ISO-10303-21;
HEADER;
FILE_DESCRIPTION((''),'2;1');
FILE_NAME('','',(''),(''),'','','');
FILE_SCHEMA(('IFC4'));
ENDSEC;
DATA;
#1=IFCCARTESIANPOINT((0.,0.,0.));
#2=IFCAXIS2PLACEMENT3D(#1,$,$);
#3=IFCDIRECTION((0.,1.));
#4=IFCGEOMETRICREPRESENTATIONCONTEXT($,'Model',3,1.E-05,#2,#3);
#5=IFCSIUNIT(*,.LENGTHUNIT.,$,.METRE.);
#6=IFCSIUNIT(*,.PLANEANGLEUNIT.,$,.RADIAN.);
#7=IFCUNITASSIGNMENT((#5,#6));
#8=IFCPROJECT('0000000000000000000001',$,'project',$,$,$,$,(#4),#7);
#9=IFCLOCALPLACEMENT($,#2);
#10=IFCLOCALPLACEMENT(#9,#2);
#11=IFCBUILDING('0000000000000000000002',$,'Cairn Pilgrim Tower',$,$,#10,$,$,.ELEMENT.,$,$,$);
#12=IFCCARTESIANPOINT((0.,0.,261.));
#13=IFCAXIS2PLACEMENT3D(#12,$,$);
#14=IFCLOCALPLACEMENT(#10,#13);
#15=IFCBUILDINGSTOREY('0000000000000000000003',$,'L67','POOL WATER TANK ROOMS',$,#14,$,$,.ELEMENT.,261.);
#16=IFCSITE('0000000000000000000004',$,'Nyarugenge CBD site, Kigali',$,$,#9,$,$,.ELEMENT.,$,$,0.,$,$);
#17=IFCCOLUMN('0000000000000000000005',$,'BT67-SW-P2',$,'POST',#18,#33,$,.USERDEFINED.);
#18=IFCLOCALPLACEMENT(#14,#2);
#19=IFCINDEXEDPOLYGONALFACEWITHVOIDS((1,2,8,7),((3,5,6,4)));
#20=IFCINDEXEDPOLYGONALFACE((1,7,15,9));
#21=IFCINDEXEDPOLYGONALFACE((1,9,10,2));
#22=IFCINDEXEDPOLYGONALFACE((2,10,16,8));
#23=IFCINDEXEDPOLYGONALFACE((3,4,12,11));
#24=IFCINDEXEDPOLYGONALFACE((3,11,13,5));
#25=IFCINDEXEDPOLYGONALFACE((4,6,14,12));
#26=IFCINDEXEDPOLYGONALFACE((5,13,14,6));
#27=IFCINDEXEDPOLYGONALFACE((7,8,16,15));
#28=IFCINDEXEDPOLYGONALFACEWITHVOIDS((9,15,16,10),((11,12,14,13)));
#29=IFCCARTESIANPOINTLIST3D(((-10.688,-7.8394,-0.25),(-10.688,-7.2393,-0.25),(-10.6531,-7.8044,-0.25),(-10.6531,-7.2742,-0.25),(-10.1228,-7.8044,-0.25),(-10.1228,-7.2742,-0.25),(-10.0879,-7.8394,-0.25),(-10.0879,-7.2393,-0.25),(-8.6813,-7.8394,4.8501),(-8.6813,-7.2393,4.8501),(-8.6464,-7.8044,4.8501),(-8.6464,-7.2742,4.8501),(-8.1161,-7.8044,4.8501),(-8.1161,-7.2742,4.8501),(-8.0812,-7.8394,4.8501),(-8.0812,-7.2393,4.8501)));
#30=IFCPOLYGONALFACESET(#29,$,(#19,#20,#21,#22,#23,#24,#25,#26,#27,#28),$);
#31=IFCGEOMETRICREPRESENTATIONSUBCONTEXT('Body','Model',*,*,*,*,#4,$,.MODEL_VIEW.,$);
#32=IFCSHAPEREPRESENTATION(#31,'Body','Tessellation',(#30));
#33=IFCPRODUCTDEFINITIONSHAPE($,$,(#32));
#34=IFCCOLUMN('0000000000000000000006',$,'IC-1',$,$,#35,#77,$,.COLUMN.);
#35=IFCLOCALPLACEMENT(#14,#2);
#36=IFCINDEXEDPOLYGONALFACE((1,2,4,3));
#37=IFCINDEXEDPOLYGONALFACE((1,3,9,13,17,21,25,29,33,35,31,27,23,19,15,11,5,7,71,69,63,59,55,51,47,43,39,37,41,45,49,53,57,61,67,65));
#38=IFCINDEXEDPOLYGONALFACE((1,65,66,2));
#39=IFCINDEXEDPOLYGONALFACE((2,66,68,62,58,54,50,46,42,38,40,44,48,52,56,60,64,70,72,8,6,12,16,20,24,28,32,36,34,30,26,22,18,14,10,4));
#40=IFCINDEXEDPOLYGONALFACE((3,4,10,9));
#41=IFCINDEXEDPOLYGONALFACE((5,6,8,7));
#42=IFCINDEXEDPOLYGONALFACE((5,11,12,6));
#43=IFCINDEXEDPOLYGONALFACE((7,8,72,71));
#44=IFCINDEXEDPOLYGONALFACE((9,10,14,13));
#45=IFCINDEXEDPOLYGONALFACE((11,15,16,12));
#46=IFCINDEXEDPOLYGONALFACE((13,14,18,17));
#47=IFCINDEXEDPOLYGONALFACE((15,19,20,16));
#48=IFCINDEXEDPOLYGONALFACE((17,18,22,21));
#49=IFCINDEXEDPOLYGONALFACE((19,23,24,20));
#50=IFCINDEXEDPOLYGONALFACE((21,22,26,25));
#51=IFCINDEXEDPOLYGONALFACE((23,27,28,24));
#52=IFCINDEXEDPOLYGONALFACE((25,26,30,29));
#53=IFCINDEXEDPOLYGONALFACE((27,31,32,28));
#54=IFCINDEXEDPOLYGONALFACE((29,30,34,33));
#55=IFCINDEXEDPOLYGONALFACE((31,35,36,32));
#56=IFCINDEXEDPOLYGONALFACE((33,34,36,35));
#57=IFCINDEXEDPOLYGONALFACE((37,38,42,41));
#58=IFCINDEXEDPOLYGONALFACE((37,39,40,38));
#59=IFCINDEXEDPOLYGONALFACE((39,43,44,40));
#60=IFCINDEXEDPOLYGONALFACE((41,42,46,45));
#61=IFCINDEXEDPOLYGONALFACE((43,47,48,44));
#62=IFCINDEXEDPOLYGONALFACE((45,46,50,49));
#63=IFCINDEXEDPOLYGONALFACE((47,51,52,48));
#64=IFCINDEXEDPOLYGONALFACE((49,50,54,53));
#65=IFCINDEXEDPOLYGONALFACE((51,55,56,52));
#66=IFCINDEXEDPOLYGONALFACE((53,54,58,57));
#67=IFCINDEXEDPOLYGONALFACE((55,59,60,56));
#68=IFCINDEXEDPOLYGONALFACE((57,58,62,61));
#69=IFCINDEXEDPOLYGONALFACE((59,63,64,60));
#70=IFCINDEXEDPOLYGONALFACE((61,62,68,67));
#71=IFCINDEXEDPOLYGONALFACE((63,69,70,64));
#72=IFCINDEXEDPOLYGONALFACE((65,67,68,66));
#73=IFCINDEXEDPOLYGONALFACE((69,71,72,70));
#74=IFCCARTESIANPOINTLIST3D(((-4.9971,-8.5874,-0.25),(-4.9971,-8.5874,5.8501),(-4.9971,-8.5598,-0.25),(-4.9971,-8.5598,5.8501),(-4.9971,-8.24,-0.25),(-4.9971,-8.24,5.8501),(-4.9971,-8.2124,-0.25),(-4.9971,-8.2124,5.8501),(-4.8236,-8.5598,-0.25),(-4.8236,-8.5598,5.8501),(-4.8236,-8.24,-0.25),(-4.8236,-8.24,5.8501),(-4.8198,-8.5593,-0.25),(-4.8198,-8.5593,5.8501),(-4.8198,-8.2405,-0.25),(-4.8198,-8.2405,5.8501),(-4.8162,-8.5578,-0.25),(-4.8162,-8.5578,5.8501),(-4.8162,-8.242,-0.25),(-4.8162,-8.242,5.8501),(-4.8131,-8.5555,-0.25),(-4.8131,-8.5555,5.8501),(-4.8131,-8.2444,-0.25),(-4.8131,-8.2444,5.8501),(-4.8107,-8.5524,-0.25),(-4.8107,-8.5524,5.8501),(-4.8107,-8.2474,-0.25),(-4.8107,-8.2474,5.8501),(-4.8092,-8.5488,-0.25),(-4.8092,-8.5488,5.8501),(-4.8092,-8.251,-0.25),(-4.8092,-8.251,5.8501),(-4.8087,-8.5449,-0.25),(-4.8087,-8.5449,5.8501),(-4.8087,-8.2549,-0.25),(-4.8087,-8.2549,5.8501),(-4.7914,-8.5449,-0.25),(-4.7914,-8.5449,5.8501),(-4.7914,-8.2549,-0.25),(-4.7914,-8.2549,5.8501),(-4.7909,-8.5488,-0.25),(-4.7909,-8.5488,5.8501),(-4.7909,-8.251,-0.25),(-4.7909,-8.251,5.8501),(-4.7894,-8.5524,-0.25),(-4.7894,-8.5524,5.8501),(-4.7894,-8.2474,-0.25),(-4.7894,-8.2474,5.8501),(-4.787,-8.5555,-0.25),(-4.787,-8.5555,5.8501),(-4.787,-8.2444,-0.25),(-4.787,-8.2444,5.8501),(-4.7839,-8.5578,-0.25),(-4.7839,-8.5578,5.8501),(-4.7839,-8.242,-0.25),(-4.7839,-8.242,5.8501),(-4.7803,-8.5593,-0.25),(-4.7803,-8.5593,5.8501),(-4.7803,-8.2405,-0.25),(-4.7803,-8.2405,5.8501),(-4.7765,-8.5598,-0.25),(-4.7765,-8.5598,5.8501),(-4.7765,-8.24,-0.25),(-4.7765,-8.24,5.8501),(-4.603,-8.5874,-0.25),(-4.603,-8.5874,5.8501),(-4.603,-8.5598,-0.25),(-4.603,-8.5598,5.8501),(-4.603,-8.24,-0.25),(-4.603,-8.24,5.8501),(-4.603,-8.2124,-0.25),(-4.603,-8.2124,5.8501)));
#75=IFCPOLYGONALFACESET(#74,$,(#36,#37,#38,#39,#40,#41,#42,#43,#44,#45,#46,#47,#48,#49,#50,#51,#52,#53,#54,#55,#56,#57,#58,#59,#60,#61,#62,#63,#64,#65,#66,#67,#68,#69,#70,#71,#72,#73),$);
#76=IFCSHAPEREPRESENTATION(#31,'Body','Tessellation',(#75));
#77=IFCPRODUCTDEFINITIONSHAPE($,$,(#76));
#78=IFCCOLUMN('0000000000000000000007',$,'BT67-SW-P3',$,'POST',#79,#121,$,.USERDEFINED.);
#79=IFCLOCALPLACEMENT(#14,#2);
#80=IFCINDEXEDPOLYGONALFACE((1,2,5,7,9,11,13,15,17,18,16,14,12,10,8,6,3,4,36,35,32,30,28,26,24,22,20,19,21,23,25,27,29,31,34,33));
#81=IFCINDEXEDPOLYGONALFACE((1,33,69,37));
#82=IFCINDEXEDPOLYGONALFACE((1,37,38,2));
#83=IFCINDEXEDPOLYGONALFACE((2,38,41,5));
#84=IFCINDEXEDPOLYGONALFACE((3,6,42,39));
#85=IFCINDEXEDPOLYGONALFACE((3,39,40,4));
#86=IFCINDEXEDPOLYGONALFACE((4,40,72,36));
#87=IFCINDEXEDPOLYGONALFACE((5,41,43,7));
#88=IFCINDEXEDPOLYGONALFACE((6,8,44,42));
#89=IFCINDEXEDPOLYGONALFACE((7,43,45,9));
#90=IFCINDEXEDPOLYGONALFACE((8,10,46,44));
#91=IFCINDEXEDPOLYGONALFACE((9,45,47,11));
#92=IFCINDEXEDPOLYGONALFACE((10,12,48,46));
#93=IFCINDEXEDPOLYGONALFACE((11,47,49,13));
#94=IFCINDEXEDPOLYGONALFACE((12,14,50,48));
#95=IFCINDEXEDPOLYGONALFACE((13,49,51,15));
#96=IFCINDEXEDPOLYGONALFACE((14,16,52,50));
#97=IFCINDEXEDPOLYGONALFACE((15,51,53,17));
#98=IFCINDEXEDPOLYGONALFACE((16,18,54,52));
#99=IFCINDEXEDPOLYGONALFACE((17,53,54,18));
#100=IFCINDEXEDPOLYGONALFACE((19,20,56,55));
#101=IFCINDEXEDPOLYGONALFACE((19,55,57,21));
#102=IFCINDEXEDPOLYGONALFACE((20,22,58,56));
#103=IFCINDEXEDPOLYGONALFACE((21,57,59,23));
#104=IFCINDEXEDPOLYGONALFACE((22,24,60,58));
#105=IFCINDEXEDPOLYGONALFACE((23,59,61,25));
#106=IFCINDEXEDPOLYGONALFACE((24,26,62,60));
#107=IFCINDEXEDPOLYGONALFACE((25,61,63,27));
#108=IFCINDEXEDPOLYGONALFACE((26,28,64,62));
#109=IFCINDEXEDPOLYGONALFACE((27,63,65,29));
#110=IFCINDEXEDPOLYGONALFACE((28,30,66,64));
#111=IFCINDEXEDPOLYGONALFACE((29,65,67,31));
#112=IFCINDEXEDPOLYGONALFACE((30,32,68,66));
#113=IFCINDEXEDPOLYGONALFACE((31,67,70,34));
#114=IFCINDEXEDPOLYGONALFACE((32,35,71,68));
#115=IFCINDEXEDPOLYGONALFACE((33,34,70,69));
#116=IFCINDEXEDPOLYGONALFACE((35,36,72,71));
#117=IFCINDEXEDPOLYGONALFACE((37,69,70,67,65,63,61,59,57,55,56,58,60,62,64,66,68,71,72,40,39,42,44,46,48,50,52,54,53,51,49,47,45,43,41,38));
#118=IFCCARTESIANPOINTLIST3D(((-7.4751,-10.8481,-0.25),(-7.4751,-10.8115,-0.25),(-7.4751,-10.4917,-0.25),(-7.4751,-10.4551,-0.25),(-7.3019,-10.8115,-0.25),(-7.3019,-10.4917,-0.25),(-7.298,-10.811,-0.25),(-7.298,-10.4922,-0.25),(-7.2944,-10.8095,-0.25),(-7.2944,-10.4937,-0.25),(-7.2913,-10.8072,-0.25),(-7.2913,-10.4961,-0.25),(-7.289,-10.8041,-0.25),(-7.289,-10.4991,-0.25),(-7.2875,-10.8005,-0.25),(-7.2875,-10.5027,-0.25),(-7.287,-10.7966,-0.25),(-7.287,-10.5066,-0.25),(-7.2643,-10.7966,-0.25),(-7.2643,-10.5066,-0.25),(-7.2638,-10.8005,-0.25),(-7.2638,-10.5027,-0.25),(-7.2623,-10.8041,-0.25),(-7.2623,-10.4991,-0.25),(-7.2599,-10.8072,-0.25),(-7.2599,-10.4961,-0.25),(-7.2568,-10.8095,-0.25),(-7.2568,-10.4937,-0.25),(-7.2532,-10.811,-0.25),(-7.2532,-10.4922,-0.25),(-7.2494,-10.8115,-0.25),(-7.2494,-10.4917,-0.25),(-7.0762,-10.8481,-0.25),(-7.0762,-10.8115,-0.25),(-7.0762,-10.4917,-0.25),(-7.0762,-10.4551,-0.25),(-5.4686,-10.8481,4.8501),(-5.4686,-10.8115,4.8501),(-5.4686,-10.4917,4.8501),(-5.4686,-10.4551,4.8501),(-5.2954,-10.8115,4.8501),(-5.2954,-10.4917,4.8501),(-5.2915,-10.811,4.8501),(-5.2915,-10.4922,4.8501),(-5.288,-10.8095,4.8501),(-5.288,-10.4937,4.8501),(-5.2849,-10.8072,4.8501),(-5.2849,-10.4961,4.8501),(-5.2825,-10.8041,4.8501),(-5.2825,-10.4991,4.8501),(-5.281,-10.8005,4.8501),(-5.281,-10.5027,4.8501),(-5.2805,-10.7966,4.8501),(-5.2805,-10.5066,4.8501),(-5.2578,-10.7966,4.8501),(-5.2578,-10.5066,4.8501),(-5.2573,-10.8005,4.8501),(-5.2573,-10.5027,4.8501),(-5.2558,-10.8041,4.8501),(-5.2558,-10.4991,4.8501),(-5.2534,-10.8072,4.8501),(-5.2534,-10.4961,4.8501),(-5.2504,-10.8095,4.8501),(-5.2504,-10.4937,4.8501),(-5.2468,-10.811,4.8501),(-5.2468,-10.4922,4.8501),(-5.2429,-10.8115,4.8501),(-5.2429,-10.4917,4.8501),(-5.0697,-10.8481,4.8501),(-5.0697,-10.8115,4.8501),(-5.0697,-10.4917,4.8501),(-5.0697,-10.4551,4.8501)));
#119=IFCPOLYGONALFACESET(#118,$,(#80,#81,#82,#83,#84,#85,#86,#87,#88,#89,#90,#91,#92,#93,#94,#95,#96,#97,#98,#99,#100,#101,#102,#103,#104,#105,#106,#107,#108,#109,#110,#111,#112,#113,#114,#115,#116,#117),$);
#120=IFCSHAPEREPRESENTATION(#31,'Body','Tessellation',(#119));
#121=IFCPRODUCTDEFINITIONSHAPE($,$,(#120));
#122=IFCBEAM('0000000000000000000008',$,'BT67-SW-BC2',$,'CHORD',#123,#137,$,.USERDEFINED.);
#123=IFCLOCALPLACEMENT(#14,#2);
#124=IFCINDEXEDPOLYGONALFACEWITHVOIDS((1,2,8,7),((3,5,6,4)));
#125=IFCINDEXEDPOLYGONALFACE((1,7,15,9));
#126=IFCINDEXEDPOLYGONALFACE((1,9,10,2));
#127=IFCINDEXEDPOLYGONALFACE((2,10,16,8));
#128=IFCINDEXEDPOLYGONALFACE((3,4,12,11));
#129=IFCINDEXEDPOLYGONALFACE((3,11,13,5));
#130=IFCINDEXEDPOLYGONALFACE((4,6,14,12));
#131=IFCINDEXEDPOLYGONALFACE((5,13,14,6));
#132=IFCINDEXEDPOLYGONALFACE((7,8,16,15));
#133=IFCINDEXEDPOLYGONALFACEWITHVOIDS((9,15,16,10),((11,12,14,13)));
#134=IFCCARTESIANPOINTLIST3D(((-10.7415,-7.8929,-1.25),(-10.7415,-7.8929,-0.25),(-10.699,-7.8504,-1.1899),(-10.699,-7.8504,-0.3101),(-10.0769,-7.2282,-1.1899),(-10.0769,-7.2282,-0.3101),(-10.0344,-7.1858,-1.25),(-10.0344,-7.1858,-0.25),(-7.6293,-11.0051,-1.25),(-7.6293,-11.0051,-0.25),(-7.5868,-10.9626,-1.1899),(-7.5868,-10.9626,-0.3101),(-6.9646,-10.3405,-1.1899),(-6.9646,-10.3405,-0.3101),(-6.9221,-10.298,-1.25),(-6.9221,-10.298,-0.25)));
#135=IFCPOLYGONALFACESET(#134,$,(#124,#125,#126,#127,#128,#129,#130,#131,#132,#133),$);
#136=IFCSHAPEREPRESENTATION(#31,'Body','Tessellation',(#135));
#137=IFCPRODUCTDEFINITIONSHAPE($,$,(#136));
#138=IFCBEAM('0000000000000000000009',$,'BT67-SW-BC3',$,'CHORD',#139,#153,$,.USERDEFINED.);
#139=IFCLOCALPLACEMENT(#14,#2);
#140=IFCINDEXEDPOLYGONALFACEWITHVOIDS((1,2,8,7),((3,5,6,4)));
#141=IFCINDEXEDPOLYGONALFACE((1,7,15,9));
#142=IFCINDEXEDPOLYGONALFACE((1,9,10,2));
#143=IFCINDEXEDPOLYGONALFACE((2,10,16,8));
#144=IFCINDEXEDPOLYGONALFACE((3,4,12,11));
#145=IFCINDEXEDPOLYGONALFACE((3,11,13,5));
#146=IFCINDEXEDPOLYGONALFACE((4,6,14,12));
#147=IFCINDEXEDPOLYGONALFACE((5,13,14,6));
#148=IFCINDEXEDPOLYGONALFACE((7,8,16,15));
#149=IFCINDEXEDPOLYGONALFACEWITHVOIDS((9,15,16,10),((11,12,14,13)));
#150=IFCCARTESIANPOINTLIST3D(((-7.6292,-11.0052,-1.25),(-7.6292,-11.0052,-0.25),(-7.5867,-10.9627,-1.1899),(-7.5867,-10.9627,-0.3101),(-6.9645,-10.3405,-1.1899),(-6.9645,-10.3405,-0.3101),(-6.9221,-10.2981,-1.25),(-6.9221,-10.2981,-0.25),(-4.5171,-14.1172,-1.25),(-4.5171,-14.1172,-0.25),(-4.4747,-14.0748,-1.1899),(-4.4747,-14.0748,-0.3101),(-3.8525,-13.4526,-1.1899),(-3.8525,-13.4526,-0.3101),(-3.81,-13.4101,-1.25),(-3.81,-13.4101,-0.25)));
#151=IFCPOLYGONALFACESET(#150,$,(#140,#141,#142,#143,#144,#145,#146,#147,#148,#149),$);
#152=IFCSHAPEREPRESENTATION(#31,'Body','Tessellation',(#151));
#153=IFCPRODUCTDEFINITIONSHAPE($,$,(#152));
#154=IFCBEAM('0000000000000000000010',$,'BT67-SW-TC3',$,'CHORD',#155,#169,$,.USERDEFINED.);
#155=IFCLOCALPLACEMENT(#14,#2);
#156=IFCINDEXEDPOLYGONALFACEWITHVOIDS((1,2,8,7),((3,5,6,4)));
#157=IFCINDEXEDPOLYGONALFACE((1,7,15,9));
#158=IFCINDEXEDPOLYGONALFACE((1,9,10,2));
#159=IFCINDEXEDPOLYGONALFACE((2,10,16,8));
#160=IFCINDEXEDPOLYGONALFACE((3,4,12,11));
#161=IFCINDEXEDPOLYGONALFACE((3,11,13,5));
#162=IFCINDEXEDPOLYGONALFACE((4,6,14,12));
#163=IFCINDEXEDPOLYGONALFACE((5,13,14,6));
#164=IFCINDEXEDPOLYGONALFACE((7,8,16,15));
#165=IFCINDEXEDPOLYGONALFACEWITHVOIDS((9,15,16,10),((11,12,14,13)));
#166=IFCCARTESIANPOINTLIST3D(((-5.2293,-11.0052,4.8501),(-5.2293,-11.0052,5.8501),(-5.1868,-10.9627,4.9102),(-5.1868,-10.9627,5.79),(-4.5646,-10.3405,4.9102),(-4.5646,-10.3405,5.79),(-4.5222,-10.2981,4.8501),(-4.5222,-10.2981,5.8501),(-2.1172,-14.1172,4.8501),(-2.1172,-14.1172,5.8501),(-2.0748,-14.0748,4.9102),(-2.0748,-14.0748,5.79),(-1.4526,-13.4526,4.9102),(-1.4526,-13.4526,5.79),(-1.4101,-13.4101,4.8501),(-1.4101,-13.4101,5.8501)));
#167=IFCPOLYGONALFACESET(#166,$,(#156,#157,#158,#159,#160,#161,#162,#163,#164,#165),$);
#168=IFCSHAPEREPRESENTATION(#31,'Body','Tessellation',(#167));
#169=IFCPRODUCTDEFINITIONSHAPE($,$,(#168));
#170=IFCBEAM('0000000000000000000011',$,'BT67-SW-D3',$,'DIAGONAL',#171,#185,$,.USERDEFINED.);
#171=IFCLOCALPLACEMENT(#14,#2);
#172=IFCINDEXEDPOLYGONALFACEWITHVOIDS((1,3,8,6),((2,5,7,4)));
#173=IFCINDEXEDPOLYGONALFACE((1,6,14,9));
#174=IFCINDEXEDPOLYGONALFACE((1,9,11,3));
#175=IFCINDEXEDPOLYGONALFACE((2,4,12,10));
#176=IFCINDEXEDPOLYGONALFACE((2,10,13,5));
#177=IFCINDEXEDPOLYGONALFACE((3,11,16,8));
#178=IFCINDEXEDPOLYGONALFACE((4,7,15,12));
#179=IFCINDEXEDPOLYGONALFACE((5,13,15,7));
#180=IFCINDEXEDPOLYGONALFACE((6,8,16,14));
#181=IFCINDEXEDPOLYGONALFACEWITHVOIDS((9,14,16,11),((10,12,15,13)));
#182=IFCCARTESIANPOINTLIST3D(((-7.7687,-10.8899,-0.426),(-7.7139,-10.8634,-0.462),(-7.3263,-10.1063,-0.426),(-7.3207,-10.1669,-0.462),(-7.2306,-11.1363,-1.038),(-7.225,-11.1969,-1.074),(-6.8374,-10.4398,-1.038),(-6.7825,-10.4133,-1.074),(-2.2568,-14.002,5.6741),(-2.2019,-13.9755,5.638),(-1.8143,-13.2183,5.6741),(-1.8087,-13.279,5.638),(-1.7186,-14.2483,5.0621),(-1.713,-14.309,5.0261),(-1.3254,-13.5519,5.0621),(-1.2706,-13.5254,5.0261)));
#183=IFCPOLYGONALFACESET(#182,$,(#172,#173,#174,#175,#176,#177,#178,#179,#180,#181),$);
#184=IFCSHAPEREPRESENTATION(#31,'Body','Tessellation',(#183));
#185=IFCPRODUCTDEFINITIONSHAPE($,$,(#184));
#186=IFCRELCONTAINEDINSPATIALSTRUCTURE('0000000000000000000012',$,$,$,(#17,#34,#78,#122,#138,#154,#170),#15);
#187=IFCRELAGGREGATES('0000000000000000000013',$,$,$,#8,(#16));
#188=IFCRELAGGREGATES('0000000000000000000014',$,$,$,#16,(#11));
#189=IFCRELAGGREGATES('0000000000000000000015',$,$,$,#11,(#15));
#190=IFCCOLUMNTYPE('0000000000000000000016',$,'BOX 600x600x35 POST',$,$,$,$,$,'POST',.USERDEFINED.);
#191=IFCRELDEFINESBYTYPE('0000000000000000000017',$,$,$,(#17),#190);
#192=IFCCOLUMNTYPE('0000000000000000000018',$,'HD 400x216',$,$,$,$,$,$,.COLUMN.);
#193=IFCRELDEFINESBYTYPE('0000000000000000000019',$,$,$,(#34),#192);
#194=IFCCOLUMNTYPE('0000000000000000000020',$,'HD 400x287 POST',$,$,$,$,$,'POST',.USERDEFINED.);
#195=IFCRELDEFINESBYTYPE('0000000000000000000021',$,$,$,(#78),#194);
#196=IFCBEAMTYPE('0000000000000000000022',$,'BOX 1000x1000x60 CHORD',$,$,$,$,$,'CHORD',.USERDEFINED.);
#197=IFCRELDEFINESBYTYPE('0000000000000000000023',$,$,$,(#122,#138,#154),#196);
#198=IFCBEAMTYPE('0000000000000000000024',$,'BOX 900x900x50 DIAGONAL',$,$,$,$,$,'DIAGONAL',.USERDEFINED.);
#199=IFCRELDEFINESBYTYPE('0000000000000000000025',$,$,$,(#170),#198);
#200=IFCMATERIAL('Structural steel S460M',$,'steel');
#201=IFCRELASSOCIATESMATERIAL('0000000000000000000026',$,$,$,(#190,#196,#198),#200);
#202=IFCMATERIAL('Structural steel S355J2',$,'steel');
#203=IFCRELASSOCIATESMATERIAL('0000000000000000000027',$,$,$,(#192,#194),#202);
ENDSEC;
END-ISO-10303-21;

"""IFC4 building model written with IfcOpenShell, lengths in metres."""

from ifc_helpers import new_model, si_unit, direction, frame, origin, origin_2d, place, context, subcontext, project, spatial, hollow_rectangle, i_section, extrude, clip, halfspace, material, material_profile, profile_set, type_object, element, save


model = new_model("IFC4")

# Units and contexts
model_context = context("Model", 3, precision=1e-05, world=origin(), true_north=direction((0.0, 1.0)))
body_context = subcontext(model_context, "Body", "Model", "MODEL_VIEW")
ifc_project = project(units=[si_unit("LENGTHUNIT", "METRE"), si_unit("PLANEANGLEUNIT", "RADIAN")], contexts=[model_context])

# Site, building, storey
site_placement = place(None, origin())
site = spatial("IfcSite", under=ifc_project, at=site_placement, Name="Nyarugenge CBD site, Kigali", CompositionType="ELEMENT", RefElevation=0.0)
building_placement = place(site_placement, origin())
building = spatial("IfcBuilding", under=site, at=building_placement, Name="Cairn Pilgrim Tower", CompositionType="ELEMENT")
storey_placement = place(building_placement, frame((0.0, 0.0, 261.0)))
storey = spatial("IfcBuildingStorey", under=building, at=storey_placement, Name="L67", Description="POOL WATER TANK ROOMS", CompositionType="ELEMENT", Elevation=261.0)

# Columns
ifc_material_1 = material(Name="Structural steel S460M", Category="steel")
ifc_material_profile_1 = material_profile(ifc_material_1, hollow_rectangle(XDim=0.6001, YDim=0.6001, WallThickness=0.0349, at=origin_2d()), Name="BOX 600x600x35")
ifc_profile_set_1 = profile_set([ifc_material_profile_1], Name="Structural steel S460M")
column_type_1 = type_object("IfcColumnType", Name="BOX 600x600x35 POST", ElementType="POST", PredefinedType="USERDEFINED", material=ifc_profile_set_1)
column_1_placement = place(storey_placement, frame((-10.3879, -7.5393, -0.25), z_axis=(0.0, 0.0, 1.0), x_axis=(1.0, 0.0, 0.0)))
element("IfcColumn", 1, at=column_1_placement, inside=storey, type_object=column_type_1, Name="BT67-SW-P2", ObjectType="POST", PredefinedType="USERDEFINED", context=body_context, shape_type="Clipping", body=[
    clip(extrude(hollow_rectangle(XDim=0.6001, YDim=0.6001, WallThickness=0.0349, at=origin_2d()), origin(), (0.366139, 0.0, 0.93056), 6.5552), halfspace(frame((0.0, 0.0, 5.1001), z_axis=(0.0, 0.0, 1.0), x_axis=(1.0, 0.0, 0.0)), False)),
])
ifc_material_2 = material(Name="Structural steel S355J2", Category="steel")
ifc_material_profile_2 = material_profile(ifc_material_2, i_section(OverallWidth=0.394, OverallDepth=0.375, WebThickness=0.0173, FlangeThickness=0.0276, FilletRadius=0.0149, at=origin_2d()), Name="HD 400x216")
ifc_profile_set_2 = profile_set([ifc_material_profile_2], Name="Structural steel S355J2")
column_type_2 = type_object("IfcColumnType", Name="HD 400x216", PredefinedType="COLUMN", material=ifc_profile_set_2)
column_2_placement = place(storey_placement, frame((-4.8, -8.3999, -0.25), z_axis=(0.0, 0.0, 1.0), x_axis=(1.0, 0.0, 0.0)))
element("IfcColumn", 2, at=column_2_placement, inside=storey, type_object=column_type_2, Name="IC-1", PredefinedType="COLUMN", context=body_context, shape_type="SweptSolid", body=[
    extrude(i_section(OverallWidth=0.394, OverallDepth=0.375, WebThickness=0.0173, FlangeThickness=0.0276, FilletRadius=0.0149, at=origin_2d()), origin(), (0.0, 0.0, 1.0), 6.1001),
])
ifc_material_profile_3 = material_profile(ifc_material_2, i_section(OverallWidth=0.3989, OverallDepth=0.3931, WebThickness=0.0227, FlangeThickness=0.0366, FilletRadius=0.0149, at=origin_2d()), Name="HD 400x287")
ifc_profile_set_3 = profile_set([ifc_material_profile_3], Name="Structural steel S355J2")
column_type_3 = type_object("IfcColumnType", Name="HD 400x287 POST", ElementType="POST", PredefinedType="USERDEFINED", material=ifc_profile_set_3)
column_3_placement = place(storey_placement, frame((-7.2756, -10.6516, -0.25), z_axis=(0.0, 0.0, 1.0), x_axis=(1.0, 0.0, 0.0)))
element("IfcColumn", 3, at=column_3_placement, inside=storey, type_object=column_type_3, Name="BT67-SW-P3", ObjectType="POST", PredefinedType="USERDEFINED", context=body_context, shape_type="Clipping", body=[
    clip(extrude(i_section(OverallWidth=0.3989, OverallDepth=0.3931, WebThickness=0.0227, FlangeThickness=0.0366, FilletRadius=0.0149, at=origin_2d()), origin(), (0.366106, 0.0, 0.930573), 6.5552), halfspace(frame((0.0, 0.0, 5.1001), z_axis=(0.0, 0.0, 1.0), x_axis=(1.0, 0.0, 0.0)), False)),
])

# Beams
ifc_material_profile_4 = material_profile(ifc_material_1, hollow_rectangle(XDim=1.0, YDim=1.0, WallThickness=0.0601, at=origin_2d()), Name="BOX 1000x1000x60")
ifc_profile_set_4 = profile_set([ifc_material_profile_4], Name="Structural steel S460M")
beam_type_1 = type_object("IfcBeamType", Name="BOX 1000x1000x60 CHORD", ElementType="CHORD", PredefinedType="USERDEFINED", material=ifc_profile_set_4)
beam_1_placement = place(storey_placement, frame((-10.3879, -7.5393, -0.75), z_axis=(0.707107, -0.707107, 0.0), x_axis=(0.707107, 0.707107, 0.0)))
element("IfcBeam", 4, at=beam_1_placement, inside=storey, type_object=beam_type_1, Name="BT67-SW-BC2", ObjectType="CHORD", PredefinedType="USERDEFINED", context=body_context, shape_type="SweptSolid", body=[
    extrude(hollow_rectangle(XDim=1.0, YDim=1.0, WallThickness=0.0601, at=origin_2d()), origin(), (0.0, 0.0, 1.0), 4.4014),
])
for number, where, z_axis, x_axis, name in (
    (5, (-7.2756, -10.6516, -0.75), (0.707107, -0.707107, 0.0), (0.707107, 0.707107, 0.0), "BT67-SW-BC3"),
    (6, (-4.8757, -10.6516, 5.3501), (0.707107, -0.707107, 0.0), (0.707107, 0.707107, 0.0), "BT67-SW-TC3"),
):
    element("IfcBeam", number, at=place(storey_placement, frame(where, z_axis=z_axis, x_axis=x_axis)), inside=storey, type_object=beam_type_1, Name=name, ObjectType="CHORD", PredefinedType="USERDEFINED", context=body_context, shape_type="SweptSolid", body=[
        extrude(hollow_rectangle(XDim=1.0, YDim=1.0, WallThickness=0.0601, at=origin_2d()), origin(), (0.0, 0.0, 1.0), 4.4011),
    ])
ifc_material_profile_5 = material_profile(ifc_material_1, hollow_rectangle(XDim=0.8999, YDim=0.8999, WallThickness=0.05, at=origin_2d()), Name="BOX 900x900x50")
ifc_profile_set_5 = profile_set([ifc_material_profile_5], Name="Structural steel S460M")
beam_type_2 = type_object("IfcBeamType", Name="BOX 900x900x50 DIAGONAL", ElementType="DIAGONAL", PredefinedType="USERDEFINED", material=ifc_profile_set_5)
beam_2_placement = place(storey_placement, frame((-7.2756, -10.6516, -0.75), z_axis=(0.627016, -0.354014, 0.69392), x_axis=(0.491651, 0.870793, 0.0)))
element("IfcBeam", 7, at=beam_2_placement, inside=storey, type_object=beam_type_2, Name="BT67-SW-D3", ObjectType="DIAGONAL", PredefinedType="USERDEFINED", context=body_context, shape_type="SweptSolid", body=[
    extrude(hollow_rectangle(XDim=0.8999, YDim=0.8999, WallThickness=0.05, at=origin_2d()), origin(), (0.0, 0.0, 1.0), 8.7908),
])

save(model, "model.ifc")
